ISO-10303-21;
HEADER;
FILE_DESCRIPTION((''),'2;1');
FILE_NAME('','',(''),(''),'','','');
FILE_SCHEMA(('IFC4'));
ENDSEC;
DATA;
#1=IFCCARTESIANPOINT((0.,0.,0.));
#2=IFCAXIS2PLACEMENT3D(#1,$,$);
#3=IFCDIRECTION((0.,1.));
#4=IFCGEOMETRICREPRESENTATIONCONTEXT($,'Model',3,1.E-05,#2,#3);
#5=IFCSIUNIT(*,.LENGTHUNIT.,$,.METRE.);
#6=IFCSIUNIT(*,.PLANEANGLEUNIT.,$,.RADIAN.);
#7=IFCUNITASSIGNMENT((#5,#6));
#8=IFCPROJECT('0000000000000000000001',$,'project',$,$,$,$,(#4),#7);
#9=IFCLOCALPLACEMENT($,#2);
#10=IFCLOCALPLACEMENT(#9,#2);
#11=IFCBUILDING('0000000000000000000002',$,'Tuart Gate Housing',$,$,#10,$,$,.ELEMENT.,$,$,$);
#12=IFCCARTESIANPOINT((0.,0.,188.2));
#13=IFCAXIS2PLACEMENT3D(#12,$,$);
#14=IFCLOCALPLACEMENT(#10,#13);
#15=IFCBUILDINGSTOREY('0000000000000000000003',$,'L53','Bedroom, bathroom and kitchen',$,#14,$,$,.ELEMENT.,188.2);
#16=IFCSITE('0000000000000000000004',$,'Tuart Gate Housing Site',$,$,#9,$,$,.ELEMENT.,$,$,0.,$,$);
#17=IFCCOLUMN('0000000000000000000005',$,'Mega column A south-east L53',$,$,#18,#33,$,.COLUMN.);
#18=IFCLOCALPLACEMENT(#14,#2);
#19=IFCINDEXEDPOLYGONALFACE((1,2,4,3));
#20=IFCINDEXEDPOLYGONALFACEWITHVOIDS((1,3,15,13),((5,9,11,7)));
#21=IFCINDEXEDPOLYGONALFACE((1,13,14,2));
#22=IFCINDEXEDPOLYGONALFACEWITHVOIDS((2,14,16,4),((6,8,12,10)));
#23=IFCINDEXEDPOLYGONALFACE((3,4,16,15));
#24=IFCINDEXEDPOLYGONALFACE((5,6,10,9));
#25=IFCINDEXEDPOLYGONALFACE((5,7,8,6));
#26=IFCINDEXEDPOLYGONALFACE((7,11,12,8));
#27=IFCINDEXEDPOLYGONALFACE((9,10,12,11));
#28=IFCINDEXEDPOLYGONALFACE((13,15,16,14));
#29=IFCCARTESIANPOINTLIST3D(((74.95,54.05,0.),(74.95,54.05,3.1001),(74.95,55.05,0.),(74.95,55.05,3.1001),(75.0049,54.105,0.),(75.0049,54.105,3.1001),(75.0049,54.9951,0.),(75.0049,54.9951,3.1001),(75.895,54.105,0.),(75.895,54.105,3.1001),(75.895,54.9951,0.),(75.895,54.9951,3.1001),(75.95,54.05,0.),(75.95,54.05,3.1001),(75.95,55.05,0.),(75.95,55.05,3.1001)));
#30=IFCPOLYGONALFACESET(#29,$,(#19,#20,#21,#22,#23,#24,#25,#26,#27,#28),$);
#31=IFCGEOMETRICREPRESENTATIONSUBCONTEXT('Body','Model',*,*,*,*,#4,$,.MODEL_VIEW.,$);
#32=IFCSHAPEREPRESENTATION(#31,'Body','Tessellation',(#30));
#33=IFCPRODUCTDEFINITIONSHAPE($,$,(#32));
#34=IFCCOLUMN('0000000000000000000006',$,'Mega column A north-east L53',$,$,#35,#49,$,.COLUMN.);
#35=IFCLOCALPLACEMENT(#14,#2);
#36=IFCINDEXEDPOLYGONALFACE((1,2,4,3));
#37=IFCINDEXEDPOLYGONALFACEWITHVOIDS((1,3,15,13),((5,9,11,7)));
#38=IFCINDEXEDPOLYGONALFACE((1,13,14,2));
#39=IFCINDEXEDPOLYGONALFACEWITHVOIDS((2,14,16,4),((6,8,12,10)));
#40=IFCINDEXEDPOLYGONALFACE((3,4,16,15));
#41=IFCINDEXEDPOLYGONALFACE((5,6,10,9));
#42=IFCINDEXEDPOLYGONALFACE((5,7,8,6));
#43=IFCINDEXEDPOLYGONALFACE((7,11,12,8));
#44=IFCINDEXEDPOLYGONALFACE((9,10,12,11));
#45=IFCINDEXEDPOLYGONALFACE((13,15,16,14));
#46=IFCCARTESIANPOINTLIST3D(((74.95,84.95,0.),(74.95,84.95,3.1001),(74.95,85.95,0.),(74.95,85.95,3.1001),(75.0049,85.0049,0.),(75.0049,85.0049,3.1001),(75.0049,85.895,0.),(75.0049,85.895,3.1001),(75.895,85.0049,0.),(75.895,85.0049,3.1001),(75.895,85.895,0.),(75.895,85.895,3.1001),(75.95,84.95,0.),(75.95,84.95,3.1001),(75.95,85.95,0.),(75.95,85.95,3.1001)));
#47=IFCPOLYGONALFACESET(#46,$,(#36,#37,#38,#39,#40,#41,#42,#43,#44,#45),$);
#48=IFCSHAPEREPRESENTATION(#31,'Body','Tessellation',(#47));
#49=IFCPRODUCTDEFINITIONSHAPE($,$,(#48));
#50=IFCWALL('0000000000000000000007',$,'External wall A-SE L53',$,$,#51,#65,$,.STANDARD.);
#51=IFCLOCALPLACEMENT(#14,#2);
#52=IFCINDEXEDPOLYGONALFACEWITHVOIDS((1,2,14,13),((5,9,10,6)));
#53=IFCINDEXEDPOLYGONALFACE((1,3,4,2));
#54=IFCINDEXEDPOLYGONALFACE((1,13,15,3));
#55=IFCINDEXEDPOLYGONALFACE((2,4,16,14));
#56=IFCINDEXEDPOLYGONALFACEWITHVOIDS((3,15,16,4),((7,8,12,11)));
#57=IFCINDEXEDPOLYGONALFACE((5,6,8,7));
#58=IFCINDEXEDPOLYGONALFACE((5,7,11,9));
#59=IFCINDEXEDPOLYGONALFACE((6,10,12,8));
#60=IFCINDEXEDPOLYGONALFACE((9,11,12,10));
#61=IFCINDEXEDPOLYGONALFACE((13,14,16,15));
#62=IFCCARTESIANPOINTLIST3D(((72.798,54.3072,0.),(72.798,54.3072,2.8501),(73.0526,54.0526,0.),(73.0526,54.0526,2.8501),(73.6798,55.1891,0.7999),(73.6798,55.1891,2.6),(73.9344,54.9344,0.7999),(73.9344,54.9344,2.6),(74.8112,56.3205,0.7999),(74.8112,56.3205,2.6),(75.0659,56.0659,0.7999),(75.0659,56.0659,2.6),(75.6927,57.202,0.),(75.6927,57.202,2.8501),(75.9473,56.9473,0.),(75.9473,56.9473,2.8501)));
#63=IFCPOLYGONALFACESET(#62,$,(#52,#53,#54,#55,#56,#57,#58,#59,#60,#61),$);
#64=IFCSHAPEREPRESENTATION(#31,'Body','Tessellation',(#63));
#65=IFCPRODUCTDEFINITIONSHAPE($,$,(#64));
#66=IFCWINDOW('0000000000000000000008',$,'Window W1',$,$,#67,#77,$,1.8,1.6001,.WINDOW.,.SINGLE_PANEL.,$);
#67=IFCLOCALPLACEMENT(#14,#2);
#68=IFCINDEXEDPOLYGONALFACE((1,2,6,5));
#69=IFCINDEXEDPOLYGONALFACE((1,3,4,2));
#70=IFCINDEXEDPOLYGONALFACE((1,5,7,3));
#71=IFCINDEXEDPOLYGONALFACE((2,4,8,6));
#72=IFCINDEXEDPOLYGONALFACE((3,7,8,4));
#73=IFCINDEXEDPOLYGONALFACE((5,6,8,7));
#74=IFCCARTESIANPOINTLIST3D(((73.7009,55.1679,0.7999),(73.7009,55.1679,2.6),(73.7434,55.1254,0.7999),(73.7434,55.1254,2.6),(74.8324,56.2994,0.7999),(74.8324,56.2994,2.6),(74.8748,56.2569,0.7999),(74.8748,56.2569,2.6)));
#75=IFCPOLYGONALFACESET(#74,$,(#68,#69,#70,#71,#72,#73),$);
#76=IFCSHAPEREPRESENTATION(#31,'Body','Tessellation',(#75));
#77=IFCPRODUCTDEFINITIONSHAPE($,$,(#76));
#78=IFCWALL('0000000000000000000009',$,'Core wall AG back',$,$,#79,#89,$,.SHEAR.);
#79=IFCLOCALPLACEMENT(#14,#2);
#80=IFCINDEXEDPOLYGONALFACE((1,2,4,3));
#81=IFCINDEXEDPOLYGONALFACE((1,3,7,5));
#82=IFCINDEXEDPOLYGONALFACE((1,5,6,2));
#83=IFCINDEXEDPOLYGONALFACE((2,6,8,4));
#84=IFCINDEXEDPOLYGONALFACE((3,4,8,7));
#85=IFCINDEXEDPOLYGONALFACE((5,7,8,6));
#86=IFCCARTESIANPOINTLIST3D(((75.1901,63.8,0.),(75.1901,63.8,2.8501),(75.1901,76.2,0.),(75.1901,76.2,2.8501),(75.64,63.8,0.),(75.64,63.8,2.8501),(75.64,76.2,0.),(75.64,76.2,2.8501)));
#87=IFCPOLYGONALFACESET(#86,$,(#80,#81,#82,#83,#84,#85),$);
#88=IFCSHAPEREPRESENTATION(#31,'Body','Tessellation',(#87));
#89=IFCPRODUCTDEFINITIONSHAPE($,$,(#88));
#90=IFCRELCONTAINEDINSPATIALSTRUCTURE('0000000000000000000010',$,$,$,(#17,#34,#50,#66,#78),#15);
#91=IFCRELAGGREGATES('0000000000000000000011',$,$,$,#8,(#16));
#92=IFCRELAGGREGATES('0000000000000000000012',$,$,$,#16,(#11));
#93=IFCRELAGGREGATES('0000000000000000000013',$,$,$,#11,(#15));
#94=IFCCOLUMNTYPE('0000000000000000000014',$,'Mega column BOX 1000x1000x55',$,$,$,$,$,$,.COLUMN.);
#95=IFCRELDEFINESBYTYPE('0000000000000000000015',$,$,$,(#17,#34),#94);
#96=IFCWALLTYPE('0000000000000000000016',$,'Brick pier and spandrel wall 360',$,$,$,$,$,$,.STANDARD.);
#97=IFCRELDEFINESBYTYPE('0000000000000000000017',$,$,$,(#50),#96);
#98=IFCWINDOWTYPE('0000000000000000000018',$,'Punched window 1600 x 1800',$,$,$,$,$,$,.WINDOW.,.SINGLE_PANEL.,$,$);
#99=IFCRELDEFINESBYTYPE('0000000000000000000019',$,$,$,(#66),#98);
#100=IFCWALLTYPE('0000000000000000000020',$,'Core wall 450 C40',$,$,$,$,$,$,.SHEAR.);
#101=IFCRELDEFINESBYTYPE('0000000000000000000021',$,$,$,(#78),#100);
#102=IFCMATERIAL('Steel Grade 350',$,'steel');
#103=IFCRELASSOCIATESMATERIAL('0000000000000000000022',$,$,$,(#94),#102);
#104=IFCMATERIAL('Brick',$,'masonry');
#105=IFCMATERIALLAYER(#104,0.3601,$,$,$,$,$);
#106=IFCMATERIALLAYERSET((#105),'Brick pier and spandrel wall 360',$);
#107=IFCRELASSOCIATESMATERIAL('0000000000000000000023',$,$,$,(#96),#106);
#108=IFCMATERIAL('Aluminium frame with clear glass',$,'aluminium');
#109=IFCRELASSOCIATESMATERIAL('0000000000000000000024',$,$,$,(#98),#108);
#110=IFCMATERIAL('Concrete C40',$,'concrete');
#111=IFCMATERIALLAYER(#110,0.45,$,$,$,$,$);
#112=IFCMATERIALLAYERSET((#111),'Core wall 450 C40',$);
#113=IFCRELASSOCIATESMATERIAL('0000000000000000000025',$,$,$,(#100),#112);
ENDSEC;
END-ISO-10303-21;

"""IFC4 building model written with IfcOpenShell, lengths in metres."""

from ifc_helpers import new_model, si_unit, direction, frame, frame_2d, origin, origin_2d, place, context, subcontext, project, spatial, rectangle, hollow_rectangle, extrude, material, layer, layer_set, material_profile, profile_set, type_object, element, fill, save


model = new_model("IFC4")

# Units and contexts
model_context = context("Model", 3, precision=1e-05, world=origin(), true_north=direction((0.0, 1.0)))
body_context = subcontext(model_context, "Body", "Model", "MODEL_VIEW")
ifc_project = project(units=[si_unit("LENGTHUNIT", "METRE"), si_unit("PLANEANGLEUNIT", "RADIAN")], contexts=[model_context])

# Site, building, storey
site_placement = place(None, origin())
site = spatial("IfcSite", under=ifc_project, at=site_placement, Name="Tuart Gate Housing Site", CompositionType="ELEMENT", RefElevation=0.0)
building_placement = place(site_placement, origin())
building = spatial("IfcBuilding", under=site, at=building_placement, Name="Tuart Gate Housing", CompositionType="ELEMENT")
storey_placement = place(building_placement, frame((0.0, 0.0, 188.2)))
storey = spatial("IfcBuildingStorey", under=building, at=storey_placement, Name="L53", Description="Bedroom, bathroom and kitchen", CompositionType="ELEMENT", Elevation=188.2)

# Columns
ifc_material_1 = material(Name="Steel Grade 350", Category="steel")
ifc_material_profile = material_profile(ifc_material_1, hollow_rectangle(XDim=1.0, YDim=1.0, WallThickness=0.0549, at=origin_2d()), Name="BOX 1000x1000x55")
ifc_profile_set = profile_set([ifc_material_profile], Name="Steel Grade 350")
column_type = type_object("IfcColumnType", Name="Mega column BOX 1000x1000x55", PredefinedType="COLUMN", material=ifc_profile_set)
for number, where, z_axis, x_axis, name in (
    (1, (75.45, 54.55, 0.0), (0.0, 0.0, 1.0), (1.0, 0.0, 0.0), "Mega column A south-east L53"),
    (2, (75.45, 85.45, 0.0), (0.0, 0.0, 1.0), (1.0, 0.0, 0.0), "Mega column A north-east L53"),
):
    element("IfcColumn", number, at=place(storey_placement, frame(where, z_axis=z_axis, x_axis=x_axis)), inside=storey, type_object=column_type, Name=name, PredefinedType="COLUMN", context=body_context, shape_type="SweptSolid", body=[
        extrude(hollow_rectangle(XDim=1.0, YDim=1.0, WallThickness=0.0549, at=origin_2d()), origin(), (0.0, 0.0, 1.0), 3.1001),
    ])

# Wall, opening, window
ifc_material_2 = material(Name="Brick", Category="masonry")
ifc_layer_1 = layer(ifc_material_2, 0.3601)
ifc_layer_set_1 = layer_set([ifc_layer_1], Name="Brick pier and spandrel wall 360")
wall_type_1 = type_object("IfcWallType", Name="Brick pier and spandrel wall 360", PredefinedType="STANDARD", material=ifc_layer_set_1)
wall_1_placement = place(storey_placement, frame((72.9253, 54.1799, 0.0), z_axis=(0.0, 0.0, 1.0), x_axis=(0.707107, 0.707107, 0.0)))
wall_1 = element("IfcWall", 3, at=wall_1_placement, inside=storey, type_object=wall_type_1, Name="External wall A-SE L53", PredefinedType="STANDARD", context=body_context, shape_type="SweptSolid", body=[
    extrude(rectangle(XDim=4.0938, YDim=0.3601, at=frame_2d((2.0469, 0.0))), origin(), (0.0, 0.0, 1.0), 2.8501),
])
opening_1_placement = place(wall_1_placement, frame((1.2471, 0.0, 0.8)))
opening_1 = element("IfcOpeningElement", 4, at=opening_1_placement, cuts=wall_1, PredefinedType="OPENING", context=body_context, shape_type="SweptSolid", body=[
    extrude(rectangle(XDim=1.6001, YDim=1.8, at=frame_2d((0.8, 0.8999))), frame((0.0, 0.1899, 0.0), z_axis=(0.0, -1.0, 0.0), x_axis=(1.0, 0.0, 0.0)), (0.0, 0.0, 1.0), 0.3801),
])
ifc_material_3 = material(Name="Aluminium frame with clear glass", Category="aluminium")
window_type_1 = type_object("IfcWindowType", Name="Punched window 1600 x 1800", PartitioningType="SINGLE_PANEL", PredefinedType="WINDOW", material=ifc_material_3)
window_1_placement = place(opening_1_placement, origin())
window_1 = element("IfcWindow", 5, at=window_1_placement, inside=storey, type_object=window_type_1, Name="Window W1", OverallHeight=1.8, OverallWidth=1.6001, PartitioningType="SINGLE_PANEL", PredefinedType="WINDOW", context=body_context, shape_type="SweptSolid", body=[
    extrude(rectangle(XDim=1.6001, YDim=1.8, at=frame_2d((0.8, 0.8999))), frame((0.0, 0.1501, 0.0), z_axis=(0.0, -1.0, 0.0), x_axis=(1.0, 0.0, 0.0)), (0.0, 0.0, 1.0), 0.0601),
])
fill(opening_1, window_1)

# Wall
ifc_material_4 = material(Name="Concrete C40", Category="concrete")
ifc_layer_2 = layer(ifc_material_4, 0.45)
ifc_layer_set_2 = layer_set([ifc_layer_2], Name="Core wall 450 C40")
wall_type_2 = type_object("IfcWallType", Name="Core wall 450 C40", PredefinedType="SHEAR", material=ifc_layer_set_2)
wall_2_placement = place(storey_placement, frame((75.415, 63.8, 0.0), z_axis=(0.0, 0.0, 1.0), x_axis=(0.0, 1.0, 0.0)))
element("IfcWall", 6, at=wall_2_placement, inside=storey, type_object=wall_type_2, Name="Core wall AG back", PredefinedType="SHEAR", context=body_context, shape_type="SweptSolid", body=[
    extrude(rectangle(XDim=12.3999, YDim=0.45, at=frame_2d((6.2, 0.0))), origin(), (0.0, 0.0, 1.0), 2.8501),
])

save(model, "model.ifc")
